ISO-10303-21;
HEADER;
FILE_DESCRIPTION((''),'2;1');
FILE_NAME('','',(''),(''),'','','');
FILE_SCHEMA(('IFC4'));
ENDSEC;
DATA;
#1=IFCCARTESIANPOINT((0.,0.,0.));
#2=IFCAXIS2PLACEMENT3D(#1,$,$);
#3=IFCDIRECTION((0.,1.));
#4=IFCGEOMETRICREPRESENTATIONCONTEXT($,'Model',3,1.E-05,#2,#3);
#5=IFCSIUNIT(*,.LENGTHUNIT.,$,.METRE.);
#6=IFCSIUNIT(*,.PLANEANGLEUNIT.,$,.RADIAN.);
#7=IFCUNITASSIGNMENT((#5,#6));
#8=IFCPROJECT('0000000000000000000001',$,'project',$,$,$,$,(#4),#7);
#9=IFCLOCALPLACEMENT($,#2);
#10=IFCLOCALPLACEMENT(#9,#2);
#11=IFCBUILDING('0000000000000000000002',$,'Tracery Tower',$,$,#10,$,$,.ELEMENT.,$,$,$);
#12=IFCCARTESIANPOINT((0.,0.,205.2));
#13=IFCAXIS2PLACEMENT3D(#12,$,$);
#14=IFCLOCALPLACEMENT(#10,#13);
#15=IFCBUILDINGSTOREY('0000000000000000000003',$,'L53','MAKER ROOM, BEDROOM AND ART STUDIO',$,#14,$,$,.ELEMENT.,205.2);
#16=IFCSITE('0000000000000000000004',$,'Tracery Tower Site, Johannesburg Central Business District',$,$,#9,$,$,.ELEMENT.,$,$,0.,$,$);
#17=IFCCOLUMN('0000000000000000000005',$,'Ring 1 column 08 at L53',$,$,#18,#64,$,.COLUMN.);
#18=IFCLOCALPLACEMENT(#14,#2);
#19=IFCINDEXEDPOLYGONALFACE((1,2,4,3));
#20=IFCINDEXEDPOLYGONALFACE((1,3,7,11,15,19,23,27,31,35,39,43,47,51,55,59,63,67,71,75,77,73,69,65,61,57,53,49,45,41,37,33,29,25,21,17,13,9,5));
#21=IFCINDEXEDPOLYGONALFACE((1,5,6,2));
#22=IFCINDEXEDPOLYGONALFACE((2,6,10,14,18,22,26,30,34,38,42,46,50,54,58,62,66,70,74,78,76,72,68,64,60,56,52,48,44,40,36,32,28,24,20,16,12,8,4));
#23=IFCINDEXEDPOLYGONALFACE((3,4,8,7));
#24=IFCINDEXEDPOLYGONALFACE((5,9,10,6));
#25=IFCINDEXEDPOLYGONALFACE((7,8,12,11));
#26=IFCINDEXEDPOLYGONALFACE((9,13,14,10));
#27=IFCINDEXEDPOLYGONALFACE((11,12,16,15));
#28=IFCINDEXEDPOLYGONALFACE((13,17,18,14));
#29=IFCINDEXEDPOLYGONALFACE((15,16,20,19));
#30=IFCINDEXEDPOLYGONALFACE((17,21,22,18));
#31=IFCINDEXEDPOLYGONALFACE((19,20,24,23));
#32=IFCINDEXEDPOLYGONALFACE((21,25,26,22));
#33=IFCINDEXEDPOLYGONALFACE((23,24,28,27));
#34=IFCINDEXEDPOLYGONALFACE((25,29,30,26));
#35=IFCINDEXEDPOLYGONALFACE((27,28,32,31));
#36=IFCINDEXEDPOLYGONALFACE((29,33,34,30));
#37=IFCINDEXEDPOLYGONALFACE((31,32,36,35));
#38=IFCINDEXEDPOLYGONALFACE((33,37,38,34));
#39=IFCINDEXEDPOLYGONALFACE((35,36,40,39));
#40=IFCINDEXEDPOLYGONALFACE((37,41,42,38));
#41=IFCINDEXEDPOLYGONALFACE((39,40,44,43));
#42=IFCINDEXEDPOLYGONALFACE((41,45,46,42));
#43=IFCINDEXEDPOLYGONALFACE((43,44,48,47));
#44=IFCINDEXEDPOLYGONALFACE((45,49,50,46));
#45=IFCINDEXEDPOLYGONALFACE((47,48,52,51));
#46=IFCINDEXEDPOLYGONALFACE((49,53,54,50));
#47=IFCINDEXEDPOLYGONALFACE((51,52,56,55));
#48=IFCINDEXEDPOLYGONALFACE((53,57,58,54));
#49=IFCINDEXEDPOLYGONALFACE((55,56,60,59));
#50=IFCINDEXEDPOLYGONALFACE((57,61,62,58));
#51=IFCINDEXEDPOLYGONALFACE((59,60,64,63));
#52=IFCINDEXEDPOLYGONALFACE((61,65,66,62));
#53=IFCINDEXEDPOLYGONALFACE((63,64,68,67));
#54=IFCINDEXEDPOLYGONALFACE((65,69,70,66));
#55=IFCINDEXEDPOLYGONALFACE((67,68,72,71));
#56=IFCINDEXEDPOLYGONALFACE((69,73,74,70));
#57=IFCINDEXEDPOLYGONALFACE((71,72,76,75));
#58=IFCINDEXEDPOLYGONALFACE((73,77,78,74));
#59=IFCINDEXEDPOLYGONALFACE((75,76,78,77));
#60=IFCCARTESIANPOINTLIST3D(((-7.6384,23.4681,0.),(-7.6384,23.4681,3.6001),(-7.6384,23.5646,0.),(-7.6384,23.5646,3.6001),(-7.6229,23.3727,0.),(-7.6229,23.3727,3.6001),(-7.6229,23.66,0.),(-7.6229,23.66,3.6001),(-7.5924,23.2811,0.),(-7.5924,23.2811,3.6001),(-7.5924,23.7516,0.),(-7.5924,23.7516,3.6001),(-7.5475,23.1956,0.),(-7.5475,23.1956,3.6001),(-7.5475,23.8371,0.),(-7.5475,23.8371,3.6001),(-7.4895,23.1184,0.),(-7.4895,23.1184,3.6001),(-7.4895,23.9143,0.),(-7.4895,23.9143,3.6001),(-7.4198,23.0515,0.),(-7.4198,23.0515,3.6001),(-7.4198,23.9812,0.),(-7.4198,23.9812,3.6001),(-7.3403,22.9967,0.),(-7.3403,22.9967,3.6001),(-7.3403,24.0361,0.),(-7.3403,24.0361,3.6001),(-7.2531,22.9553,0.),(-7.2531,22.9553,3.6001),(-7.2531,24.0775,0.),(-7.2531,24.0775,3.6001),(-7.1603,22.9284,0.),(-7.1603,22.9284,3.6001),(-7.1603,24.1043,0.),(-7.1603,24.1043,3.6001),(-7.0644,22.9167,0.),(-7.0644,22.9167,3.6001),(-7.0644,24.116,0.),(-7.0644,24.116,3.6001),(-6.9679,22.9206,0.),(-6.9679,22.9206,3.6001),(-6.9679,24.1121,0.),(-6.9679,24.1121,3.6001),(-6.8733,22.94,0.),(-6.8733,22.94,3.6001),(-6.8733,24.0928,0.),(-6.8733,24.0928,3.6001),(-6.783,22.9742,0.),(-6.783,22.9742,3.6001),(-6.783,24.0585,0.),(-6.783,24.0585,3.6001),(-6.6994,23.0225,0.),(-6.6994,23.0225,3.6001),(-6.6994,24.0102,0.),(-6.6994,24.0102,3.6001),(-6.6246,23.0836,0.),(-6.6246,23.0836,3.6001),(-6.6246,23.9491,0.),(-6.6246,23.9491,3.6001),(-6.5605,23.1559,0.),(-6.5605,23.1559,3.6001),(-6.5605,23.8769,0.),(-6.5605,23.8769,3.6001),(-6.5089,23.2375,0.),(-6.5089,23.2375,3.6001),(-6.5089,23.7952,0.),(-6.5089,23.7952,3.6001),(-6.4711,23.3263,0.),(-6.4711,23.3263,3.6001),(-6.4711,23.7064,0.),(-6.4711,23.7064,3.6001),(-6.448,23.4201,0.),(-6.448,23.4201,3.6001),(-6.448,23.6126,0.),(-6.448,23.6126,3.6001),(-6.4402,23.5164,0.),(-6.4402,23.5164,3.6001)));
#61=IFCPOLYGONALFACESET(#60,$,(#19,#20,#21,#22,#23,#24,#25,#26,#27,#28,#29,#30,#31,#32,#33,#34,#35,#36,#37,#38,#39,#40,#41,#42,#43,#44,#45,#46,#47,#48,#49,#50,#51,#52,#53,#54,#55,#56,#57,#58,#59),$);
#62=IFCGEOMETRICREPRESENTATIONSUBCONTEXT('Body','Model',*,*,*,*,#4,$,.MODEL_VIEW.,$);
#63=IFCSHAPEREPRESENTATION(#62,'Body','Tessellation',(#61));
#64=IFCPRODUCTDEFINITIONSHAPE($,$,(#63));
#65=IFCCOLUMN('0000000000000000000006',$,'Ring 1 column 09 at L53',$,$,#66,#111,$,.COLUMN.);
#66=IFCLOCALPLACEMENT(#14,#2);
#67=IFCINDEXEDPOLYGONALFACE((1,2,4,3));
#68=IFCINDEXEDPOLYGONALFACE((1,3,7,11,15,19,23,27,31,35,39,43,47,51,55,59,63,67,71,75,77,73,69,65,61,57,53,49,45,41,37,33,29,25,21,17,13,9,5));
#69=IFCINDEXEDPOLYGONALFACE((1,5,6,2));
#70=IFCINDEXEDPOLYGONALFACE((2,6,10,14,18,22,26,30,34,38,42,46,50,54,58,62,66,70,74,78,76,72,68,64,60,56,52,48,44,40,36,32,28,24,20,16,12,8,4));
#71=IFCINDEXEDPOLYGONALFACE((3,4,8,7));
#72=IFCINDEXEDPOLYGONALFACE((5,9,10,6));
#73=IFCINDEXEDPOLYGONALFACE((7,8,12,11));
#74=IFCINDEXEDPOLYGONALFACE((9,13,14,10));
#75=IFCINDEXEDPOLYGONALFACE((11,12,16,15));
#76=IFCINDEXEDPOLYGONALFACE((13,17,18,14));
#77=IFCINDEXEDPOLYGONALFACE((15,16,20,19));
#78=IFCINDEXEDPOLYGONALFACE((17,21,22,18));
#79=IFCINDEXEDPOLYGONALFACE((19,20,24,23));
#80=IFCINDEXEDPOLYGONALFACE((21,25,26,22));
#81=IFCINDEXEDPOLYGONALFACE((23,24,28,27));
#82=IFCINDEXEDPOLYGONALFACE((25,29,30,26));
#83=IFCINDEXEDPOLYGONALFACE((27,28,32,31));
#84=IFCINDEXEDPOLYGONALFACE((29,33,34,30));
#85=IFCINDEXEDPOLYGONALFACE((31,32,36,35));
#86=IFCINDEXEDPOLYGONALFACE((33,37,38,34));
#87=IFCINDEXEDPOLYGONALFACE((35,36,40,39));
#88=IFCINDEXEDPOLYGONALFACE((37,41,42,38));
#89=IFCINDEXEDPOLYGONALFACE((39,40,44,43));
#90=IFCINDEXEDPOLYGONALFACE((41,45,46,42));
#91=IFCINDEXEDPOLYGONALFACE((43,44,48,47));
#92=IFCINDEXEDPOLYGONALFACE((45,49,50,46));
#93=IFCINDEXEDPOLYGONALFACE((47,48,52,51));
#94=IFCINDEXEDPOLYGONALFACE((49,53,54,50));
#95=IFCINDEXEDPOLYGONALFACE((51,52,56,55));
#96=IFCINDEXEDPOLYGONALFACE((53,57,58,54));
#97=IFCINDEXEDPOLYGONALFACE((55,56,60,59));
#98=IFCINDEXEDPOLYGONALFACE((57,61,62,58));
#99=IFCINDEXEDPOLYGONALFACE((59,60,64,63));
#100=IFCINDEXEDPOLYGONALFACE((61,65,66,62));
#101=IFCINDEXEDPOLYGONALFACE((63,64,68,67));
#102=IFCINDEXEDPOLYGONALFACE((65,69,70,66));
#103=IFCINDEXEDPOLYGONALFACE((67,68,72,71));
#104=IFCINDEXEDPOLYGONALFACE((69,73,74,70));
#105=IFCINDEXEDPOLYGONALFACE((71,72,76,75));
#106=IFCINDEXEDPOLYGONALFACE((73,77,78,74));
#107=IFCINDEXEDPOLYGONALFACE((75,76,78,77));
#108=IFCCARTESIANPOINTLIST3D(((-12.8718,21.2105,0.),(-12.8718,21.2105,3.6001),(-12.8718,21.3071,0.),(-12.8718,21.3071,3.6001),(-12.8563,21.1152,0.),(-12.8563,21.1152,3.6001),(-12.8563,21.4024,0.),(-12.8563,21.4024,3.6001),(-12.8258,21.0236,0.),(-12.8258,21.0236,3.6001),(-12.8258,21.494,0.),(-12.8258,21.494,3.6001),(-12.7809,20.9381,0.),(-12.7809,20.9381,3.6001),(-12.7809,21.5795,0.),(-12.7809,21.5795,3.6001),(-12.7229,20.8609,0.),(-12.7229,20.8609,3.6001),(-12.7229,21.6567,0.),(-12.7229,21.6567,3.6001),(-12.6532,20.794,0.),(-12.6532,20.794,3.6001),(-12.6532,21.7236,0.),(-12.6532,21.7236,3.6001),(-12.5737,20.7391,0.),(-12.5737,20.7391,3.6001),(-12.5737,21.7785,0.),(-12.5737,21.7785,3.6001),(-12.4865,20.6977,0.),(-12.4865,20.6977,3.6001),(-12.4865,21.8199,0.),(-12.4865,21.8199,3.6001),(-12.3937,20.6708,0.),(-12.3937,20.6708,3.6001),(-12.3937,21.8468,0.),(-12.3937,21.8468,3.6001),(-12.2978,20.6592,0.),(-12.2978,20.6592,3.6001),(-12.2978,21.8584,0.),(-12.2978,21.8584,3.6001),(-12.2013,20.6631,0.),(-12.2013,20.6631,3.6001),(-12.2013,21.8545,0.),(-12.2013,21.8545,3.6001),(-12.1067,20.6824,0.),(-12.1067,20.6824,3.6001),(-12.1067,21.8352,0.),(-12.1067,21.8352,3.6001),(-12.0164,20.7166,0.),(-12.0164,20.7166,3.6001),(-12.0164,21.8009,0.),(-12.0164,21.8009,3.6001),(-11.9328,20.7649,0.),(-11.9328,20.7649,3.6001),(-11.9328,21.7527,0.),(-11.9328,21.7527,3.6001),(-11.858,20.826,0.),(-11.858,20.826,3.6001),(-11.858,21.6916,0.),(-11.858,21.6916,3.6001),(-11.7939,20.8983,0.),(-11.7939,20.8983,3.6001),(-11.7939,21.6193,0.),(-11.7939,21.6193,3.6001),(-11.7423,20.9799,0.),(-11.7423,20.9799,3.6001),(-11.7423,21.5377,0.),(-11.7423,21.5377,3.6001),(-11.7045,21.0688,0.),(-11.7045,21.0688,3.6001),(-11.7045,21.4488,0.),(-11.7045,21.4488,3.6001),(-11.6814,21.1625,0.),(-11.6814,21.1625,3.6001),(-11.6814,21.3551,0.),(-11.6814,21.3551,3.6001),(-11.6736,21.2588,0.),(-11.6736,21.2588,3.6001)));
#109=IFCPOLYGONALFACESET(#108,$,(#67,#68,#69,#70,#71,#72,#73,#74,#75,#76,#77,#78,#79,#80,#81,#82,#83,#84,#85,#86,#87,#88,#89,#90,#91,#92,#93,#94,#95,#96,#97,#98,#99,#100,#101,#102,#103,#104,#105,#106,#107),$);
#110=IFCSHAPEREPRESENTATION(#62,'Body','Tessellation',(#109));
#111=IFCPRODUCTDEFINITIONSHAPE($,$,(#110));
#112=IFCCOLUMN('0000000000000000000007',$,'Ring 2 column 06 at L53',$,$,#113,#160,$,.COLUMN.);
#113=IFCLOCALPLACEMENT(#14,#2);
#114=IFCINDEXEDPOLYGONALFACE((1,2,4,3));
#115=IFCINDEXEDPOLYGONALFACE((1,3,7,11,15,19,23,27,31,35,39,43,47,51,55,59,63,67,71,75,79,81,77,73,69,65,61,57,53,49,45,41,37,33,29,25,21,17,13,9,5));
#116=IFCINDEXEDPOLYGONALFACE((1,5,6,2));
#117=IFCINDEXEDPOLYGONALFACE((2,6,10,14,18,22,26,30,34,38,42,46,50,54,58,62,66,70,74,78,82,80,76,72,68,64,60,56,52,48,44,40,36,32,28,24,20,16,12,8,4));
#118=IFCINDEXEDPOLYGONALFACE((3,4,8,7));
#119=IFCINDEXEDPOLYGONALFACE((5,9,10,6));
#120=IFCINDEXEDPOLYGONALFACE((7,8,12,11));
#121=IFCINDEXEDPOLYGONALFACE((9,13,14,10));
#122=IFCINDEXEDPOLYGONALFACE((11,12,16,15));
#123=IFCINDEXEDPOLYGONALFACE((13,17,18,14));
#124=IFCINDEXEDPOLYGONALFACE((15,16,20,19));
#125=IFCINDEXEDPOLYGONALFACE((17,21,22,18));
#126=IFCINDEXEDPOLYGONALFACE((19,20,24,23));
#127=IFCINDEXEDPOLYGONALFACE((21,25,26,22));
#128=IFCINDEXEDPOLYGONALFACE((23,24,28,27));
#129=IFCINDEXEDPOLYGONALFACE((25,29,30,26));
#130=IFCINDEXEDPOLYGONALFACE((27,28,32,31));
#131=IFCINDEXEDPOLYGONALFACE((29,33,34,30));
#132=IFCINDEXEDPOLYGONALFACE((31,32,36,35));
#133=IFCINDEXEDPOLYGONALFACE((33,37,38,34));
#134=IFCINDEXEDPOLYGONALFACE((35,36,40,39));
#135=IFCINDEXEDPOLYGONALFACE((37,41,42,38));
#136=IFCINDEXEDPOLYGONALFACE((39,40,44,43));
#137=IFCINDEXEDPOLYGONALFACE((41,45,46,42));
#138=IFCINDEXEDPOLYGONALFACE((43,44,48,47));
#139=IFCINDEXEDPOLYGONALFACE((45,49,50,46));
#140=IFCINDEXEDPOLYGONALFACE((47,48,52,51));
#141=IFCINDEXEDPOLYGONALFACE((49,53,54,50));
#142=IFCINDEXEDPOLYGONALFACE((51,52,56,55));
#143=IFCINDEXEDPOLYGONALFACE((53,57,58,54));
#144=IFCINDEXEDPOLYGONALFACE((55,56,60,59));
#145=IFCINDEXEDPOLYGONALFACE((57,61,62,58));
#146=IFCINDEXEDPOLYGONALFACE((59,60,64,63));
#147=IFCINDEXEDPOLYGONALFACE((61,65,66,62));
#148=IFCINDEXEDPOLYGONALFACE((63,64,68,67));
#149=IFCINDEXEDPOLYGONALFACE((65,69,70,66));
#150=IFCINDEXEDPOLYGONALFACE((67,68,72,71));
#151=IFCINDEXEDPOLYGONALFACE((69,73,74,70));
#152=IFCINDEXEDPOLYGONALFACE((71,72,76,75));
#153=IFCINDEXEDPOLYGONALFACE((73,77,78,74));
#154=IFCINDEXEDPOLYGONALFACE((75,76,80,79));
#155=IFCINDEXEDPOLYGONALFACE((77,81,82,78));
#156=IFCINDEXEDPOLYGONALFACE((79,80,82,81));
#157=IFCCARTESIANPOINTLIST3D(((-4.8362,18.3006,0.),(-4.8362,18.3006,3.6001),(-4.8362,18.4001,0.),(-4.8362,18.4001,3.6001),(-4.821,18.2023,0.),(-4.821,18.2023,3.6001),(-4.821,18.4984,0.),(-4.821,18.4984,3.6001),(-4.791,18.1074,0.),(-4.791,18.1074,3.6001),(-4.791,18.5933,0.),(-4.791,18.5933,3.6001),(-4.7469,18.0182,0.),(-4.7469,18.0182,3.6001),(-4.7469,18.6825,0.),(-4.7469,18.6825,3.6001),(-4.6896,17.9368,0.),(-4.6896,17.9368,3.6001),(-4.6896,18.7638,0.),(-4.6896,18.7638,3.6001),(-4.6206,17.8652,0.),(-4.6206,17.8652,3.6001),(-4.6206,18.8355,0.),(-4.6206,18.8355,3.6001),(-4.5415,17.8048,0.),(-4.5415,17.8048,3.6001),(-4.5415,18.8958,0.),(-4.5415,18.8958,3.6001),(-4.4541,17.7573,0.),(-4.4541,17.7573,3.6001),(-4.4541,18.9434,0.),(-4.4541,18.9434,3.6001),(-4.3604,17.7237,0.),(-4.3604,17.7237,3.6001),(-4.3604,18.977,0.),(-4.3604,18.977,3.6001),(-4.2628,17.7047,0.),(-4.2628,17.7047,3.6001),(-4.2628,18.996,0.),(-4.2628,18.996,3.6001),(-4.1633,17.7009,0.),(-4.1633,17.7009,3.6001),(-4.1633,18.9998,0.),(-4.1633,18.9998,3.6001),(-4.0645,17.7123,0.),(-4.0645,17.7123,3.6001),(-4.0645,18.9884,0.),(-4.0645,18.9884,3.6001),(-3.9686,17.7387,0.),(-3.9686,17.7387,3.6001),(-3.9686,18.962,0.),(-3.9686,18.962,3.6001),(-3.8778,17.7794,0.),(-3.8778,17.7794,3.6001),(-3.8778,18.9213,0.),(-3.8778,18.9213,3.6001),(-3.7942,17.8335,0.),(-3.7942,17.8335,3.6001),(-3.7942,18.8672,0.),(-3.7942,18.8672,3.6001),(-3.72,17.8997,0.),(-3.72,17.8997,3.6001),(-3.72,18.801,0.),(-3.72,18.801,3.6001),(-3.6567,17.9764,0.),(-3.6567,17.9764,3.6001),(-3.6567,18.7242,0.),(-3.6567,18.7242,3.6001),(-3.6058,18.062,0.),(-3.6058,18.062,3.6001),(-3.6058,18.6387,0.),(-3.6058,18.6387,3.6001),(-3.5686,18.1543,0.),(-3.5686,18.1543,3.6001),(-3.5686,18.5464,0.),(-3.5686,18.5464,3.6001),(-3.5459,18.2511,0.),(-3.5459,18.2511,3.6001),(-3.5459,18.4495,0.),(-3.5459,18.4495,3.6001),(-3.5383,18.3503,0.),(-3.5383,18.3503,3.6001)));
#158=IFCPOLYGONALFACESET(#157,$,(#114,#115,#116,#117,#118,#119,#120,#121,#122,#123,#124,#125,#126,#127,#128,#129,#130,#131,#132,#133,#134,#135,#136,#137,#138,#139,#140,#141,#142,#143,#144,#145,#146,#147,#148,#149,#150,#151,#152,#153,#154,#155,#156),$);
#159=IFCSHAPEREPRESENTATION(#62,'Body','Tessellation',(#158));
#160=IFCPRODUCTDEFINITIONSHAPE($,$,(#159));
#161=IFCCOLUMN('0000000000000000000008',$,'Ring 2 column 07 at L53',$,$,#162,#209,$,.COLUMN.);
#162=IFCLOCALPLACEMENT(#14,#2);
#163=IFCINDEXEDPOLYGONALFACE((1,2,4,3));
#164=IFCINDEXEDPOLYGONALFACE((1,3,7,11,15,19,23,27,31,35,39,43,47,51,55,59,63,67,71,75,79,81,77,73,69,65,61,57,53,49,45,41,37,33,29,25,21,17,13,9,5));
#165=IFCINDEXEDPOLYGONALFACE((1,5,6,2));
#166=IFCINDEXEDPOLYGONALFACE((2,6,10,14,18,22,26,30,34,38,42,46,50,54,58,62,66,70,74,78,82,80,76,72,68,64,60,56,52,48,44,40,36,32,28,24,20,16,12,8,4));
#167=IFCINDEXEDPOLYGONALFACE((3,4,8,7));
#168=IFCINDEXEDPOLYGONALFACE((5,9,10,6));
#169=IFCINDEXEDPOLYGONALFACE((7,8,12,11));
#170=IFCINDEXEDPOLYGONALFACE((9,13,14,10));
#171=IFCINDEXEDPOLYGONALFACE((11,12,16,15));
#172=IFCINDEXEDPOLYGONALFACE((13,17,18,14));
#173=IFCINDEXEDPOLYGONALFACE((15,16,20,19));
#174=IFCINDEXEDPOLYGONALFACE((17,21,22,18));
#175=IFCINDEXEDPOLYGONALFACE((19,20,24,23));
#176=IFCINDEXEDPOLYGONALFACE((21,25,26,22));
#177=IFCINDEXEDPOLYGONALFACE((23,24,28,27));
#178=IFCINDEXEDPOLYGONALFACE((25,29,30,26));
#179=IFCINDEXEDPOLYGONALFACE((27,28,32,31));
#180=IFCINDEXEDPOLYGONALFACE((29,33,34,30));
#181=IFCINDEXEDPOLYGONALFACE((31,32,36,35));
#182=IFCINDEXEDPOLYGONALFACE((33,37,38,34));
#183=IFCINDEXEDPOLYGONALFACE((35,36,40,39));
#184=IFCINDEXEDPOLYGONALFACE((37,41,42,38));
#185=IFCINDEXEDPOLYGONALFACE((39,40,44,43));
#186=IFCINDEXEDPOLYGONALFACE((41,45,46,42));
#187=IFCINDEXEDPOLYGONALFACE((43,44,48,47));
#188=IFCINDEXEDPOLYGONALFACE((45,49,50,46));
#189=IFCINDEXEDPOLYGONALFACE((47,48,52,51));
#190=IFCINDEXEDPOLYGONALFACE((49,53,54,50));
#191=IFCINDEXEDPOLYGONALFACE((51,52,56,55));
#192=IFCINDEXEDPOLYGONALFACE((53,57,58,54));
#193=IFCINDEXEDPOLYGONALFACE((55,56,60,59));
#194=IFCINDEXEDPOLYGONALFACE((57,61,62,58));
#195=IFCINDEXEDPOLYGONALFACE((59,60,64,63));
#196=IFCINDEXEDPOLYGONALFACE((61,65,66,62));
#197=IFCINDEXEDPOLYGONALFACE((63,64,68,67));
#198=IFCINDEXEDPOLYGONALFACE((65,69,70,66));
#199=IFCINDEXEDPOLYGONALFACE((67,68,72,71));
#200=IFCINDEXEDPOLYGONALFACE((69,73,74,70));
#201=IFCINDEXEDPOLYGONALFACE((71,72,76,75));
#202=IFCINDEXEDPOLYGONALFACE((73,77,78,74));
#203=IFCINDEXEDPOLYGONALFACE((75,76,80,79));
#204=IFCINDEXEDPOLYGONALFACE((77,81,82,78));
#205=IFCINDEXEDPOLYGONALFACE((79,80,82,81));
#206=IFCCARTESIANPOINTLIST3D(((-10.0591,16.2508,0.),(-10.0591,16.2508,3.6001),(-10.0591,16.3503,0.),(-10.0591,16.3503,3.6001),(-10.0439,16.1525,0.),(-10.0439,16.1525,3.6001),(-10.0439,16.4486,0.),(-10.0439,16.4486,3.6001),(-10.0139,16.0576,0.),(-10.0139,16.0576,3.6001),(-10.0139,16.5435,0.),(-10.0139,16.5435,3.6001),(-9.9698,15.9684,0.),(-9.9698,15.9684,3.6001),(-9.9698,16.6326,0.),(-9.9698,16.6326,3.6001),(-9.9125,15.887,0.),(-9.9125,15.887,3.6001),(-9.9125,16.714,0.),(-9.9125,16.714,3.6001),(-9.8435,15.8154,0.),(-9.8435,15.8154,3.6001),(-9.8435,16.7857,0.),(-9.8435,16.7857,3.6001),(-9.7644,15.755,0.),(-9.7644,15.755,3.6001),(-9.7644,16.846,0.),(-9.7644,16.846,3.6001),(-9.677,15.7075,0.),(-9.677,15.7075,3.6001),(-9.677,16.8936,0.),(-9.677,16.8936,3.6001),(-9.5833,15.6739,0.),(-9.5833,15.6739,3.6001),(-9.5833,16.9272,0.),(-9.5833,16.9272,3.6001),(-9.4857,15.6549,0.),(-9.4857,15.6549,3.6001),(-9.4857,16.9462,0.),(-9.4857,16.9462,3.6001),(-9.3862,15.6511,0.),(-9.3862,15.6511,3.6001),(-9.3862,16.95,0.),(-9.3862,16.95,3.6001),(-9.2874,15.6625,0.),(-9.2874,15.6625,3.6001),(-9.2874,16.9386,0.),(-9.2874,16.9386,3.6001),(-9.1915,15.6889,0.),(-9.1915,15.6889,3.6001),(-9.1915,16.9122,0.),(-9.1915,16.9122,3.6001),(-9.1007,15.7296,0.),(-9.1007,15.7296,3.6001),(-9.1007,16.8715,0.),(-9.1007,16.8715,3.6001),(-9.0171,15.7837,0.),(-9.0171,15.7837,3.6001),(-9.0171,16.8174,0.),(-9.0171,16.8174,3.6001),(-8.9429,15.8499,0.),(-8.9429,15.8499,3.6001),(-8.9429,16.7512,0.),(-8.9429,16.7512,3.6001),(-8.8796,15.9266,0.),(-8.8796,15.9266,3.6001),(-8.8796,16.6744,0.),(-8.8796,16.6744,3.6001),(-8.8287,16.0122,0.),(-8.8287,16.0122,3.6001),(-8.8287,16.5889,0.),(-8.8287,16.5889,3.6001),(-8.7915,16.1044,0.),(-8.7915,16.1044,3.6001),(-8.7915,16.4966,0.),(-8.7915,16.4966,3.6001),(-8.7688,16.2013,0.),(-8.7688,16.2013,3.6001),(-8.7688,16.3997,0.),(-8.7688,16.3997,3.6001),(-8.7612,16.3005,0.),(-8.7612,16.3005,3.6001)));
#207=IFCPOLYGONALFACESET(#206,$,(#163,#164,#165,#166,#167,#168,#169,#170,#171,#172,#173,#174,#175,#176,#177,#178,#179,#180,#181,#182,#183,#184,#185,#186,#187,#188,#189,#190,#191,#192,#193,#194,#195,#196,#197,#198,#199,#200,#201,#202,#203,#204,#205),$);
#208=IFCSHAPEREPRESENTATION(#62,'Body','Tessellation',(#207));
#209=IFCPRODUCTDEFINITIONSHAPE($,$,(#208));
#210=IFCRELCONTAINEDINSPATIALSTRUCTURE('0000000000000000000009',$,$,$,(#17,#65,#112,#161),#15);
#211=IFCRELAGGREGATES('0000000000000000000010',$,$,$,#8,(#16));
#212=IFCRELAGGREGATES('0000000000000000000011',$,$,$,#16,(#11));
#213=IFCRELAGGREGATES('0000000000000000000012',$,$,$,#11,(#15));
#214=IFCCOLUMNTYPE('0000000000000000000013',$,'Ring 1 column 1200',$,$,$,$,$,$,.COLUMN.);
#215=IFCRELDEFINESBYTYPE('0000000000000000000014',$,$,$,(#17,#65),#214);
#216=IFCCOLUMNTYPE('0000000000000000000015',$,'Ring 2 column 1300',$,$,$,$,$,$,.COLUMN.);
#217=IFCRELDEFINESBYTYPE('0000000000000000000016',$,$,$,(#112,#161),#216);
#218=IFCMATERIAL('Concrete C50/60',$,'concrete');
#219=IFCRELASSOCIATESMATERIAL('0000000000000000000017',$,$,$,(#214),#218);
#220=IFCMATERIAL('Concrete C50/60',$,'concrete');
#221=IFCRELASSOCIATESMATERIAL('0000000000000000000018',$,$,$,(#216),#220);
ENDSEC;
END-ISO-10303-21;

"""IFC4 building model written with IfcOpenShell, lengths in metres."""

from ifc_helpers import new_model, si_unit, direction, frame, origin, origin_2d, place, context, subcontext, project, spatial, circle, extrude, material, material_profile, profile_set, type_object, element, save


model = new_model("IFC4")

# Units and contexts
model_context = context("Model", 3, precision=1e-05, world=origin(), true_north=direction((0.0, 1.0)))
body_context = subcontext(model_context, "Body", "Model", "MODEL_VIEW")
ifc_project = project(units=[si_unit("LENGTHUNIT", "METRE"), si_unit("PLANEANGLEUNIT", "RADIAN")], contexts=[model_context])

# Site, building, storey
site_placement = place(None, origin())
site = spatial("IfcSite", under=ifc_project, at=site_placement, Name="Tracery Tower Site, Johannesburg Central Business District", CompositionType="ELEMENT", RefElevation=0.0)
building_placement = place(site_placement, origin())
building = spatial("IfcBuilding", under=site, at=building_placement, Name="Tracery Tower", CompositionType="ELEMENT")
storey_placement = place(building_placement, frame((0.0, 0.0, 205.2)))
storey = spatial("IfcBuildingStorey", under=building, at=storey_placement, Name="L53", Description="MAKER ROOM, BEDROOM AND ART STUDIO", CompositionType="ELEMENT", Elevation=205.2)

# Columns
ifc_material_1 = material(Name="Concrete C50/60", Category="concrete")
ifc_material_profile_1 = material_profile(ifc_material_1, circle(Radius=0.6001, at=origin_2d()), Name="RC D1200")
ifc_profile_set_1 = profile_set([ifc_material_profile_1], Name="Concrete C50/60")
column_type_1 = type_object("IfcColumnType", Name="Ring 1 column 1200", PredefinedType="COLUMN", material=ifc_profile_set_1)
for number, where, z_axis, x_axis, name in (
    (1, (-7.0403, 23.5164, 0.0), (0.0, 0.0, 1.0), (1.0, 0.0, 0.0), "Ring 1 column 08 at L53"),
    (2, (-12.2737, 21.2588, 0.0), (0.0, 0.0, 1.0), (1.0, 0.0, 0.0), "Ring 1 column 09 at L53"),
):
    element("IfcColumn", number, at=place(storey_placement, frame(where, z_axis=z_axis, x_axis=x_axis)), inside=storey, type_object=column_type_1, Name=name, PredefinedType="COLUMN", context=body_context, shape_type="SweptSolid", body=[
        extrude(circle(Radius=0.6001, at=origin_2d()), origin(), (0.0, 0.0, 1.0), 3.6001),
    ])
ifc_material_2 = material(Name="Concrete C50/60", Category="concrete")
ifc_material_profile_2 = material_profile(ifc_material_2, circle(Radius=0.6499, at=origin_2d()), Name="RC D1300")
ifc_profile_set_2 = profile_set([ifc_material_profile_2], Name="Concrete C50/60")
column_type_2 = type_object("IfcColumnType", Name="Ring 2 column 1300", PredefinedType="COLUMN", material=ifc_profile_set_2)
for number, where, z_axis, x_axis, name in (
    (3, (-4.1882, 18.3503, 0.0), (0.0, 0.0, 1.0), (1.0, 0.0, 0.0), "Ring 2 column 06 at L53"),
    (4, (-9.4111, 16.3005, 0.0), (0.0, 0.0, 1.0), (1.0, 0.0, 0.0), "Ring 2 column 07 at L53"),
):
    element("IfcColumn", number, at=place(storey_placement, frame(where, z_axis=z_axis, x_axis=x_axis)), inside=storey, type_object=column_type_2, Name=name, PredefinedType="COLUMN", context=body_context, shape_type="SweptSolid", body=[
        extrude(circle(Radius=0.6499, at=origin_2d()), origin(), (0.0, 0.0, 1.0), 3.6001),
    ])

save(model, "model.ifc")
